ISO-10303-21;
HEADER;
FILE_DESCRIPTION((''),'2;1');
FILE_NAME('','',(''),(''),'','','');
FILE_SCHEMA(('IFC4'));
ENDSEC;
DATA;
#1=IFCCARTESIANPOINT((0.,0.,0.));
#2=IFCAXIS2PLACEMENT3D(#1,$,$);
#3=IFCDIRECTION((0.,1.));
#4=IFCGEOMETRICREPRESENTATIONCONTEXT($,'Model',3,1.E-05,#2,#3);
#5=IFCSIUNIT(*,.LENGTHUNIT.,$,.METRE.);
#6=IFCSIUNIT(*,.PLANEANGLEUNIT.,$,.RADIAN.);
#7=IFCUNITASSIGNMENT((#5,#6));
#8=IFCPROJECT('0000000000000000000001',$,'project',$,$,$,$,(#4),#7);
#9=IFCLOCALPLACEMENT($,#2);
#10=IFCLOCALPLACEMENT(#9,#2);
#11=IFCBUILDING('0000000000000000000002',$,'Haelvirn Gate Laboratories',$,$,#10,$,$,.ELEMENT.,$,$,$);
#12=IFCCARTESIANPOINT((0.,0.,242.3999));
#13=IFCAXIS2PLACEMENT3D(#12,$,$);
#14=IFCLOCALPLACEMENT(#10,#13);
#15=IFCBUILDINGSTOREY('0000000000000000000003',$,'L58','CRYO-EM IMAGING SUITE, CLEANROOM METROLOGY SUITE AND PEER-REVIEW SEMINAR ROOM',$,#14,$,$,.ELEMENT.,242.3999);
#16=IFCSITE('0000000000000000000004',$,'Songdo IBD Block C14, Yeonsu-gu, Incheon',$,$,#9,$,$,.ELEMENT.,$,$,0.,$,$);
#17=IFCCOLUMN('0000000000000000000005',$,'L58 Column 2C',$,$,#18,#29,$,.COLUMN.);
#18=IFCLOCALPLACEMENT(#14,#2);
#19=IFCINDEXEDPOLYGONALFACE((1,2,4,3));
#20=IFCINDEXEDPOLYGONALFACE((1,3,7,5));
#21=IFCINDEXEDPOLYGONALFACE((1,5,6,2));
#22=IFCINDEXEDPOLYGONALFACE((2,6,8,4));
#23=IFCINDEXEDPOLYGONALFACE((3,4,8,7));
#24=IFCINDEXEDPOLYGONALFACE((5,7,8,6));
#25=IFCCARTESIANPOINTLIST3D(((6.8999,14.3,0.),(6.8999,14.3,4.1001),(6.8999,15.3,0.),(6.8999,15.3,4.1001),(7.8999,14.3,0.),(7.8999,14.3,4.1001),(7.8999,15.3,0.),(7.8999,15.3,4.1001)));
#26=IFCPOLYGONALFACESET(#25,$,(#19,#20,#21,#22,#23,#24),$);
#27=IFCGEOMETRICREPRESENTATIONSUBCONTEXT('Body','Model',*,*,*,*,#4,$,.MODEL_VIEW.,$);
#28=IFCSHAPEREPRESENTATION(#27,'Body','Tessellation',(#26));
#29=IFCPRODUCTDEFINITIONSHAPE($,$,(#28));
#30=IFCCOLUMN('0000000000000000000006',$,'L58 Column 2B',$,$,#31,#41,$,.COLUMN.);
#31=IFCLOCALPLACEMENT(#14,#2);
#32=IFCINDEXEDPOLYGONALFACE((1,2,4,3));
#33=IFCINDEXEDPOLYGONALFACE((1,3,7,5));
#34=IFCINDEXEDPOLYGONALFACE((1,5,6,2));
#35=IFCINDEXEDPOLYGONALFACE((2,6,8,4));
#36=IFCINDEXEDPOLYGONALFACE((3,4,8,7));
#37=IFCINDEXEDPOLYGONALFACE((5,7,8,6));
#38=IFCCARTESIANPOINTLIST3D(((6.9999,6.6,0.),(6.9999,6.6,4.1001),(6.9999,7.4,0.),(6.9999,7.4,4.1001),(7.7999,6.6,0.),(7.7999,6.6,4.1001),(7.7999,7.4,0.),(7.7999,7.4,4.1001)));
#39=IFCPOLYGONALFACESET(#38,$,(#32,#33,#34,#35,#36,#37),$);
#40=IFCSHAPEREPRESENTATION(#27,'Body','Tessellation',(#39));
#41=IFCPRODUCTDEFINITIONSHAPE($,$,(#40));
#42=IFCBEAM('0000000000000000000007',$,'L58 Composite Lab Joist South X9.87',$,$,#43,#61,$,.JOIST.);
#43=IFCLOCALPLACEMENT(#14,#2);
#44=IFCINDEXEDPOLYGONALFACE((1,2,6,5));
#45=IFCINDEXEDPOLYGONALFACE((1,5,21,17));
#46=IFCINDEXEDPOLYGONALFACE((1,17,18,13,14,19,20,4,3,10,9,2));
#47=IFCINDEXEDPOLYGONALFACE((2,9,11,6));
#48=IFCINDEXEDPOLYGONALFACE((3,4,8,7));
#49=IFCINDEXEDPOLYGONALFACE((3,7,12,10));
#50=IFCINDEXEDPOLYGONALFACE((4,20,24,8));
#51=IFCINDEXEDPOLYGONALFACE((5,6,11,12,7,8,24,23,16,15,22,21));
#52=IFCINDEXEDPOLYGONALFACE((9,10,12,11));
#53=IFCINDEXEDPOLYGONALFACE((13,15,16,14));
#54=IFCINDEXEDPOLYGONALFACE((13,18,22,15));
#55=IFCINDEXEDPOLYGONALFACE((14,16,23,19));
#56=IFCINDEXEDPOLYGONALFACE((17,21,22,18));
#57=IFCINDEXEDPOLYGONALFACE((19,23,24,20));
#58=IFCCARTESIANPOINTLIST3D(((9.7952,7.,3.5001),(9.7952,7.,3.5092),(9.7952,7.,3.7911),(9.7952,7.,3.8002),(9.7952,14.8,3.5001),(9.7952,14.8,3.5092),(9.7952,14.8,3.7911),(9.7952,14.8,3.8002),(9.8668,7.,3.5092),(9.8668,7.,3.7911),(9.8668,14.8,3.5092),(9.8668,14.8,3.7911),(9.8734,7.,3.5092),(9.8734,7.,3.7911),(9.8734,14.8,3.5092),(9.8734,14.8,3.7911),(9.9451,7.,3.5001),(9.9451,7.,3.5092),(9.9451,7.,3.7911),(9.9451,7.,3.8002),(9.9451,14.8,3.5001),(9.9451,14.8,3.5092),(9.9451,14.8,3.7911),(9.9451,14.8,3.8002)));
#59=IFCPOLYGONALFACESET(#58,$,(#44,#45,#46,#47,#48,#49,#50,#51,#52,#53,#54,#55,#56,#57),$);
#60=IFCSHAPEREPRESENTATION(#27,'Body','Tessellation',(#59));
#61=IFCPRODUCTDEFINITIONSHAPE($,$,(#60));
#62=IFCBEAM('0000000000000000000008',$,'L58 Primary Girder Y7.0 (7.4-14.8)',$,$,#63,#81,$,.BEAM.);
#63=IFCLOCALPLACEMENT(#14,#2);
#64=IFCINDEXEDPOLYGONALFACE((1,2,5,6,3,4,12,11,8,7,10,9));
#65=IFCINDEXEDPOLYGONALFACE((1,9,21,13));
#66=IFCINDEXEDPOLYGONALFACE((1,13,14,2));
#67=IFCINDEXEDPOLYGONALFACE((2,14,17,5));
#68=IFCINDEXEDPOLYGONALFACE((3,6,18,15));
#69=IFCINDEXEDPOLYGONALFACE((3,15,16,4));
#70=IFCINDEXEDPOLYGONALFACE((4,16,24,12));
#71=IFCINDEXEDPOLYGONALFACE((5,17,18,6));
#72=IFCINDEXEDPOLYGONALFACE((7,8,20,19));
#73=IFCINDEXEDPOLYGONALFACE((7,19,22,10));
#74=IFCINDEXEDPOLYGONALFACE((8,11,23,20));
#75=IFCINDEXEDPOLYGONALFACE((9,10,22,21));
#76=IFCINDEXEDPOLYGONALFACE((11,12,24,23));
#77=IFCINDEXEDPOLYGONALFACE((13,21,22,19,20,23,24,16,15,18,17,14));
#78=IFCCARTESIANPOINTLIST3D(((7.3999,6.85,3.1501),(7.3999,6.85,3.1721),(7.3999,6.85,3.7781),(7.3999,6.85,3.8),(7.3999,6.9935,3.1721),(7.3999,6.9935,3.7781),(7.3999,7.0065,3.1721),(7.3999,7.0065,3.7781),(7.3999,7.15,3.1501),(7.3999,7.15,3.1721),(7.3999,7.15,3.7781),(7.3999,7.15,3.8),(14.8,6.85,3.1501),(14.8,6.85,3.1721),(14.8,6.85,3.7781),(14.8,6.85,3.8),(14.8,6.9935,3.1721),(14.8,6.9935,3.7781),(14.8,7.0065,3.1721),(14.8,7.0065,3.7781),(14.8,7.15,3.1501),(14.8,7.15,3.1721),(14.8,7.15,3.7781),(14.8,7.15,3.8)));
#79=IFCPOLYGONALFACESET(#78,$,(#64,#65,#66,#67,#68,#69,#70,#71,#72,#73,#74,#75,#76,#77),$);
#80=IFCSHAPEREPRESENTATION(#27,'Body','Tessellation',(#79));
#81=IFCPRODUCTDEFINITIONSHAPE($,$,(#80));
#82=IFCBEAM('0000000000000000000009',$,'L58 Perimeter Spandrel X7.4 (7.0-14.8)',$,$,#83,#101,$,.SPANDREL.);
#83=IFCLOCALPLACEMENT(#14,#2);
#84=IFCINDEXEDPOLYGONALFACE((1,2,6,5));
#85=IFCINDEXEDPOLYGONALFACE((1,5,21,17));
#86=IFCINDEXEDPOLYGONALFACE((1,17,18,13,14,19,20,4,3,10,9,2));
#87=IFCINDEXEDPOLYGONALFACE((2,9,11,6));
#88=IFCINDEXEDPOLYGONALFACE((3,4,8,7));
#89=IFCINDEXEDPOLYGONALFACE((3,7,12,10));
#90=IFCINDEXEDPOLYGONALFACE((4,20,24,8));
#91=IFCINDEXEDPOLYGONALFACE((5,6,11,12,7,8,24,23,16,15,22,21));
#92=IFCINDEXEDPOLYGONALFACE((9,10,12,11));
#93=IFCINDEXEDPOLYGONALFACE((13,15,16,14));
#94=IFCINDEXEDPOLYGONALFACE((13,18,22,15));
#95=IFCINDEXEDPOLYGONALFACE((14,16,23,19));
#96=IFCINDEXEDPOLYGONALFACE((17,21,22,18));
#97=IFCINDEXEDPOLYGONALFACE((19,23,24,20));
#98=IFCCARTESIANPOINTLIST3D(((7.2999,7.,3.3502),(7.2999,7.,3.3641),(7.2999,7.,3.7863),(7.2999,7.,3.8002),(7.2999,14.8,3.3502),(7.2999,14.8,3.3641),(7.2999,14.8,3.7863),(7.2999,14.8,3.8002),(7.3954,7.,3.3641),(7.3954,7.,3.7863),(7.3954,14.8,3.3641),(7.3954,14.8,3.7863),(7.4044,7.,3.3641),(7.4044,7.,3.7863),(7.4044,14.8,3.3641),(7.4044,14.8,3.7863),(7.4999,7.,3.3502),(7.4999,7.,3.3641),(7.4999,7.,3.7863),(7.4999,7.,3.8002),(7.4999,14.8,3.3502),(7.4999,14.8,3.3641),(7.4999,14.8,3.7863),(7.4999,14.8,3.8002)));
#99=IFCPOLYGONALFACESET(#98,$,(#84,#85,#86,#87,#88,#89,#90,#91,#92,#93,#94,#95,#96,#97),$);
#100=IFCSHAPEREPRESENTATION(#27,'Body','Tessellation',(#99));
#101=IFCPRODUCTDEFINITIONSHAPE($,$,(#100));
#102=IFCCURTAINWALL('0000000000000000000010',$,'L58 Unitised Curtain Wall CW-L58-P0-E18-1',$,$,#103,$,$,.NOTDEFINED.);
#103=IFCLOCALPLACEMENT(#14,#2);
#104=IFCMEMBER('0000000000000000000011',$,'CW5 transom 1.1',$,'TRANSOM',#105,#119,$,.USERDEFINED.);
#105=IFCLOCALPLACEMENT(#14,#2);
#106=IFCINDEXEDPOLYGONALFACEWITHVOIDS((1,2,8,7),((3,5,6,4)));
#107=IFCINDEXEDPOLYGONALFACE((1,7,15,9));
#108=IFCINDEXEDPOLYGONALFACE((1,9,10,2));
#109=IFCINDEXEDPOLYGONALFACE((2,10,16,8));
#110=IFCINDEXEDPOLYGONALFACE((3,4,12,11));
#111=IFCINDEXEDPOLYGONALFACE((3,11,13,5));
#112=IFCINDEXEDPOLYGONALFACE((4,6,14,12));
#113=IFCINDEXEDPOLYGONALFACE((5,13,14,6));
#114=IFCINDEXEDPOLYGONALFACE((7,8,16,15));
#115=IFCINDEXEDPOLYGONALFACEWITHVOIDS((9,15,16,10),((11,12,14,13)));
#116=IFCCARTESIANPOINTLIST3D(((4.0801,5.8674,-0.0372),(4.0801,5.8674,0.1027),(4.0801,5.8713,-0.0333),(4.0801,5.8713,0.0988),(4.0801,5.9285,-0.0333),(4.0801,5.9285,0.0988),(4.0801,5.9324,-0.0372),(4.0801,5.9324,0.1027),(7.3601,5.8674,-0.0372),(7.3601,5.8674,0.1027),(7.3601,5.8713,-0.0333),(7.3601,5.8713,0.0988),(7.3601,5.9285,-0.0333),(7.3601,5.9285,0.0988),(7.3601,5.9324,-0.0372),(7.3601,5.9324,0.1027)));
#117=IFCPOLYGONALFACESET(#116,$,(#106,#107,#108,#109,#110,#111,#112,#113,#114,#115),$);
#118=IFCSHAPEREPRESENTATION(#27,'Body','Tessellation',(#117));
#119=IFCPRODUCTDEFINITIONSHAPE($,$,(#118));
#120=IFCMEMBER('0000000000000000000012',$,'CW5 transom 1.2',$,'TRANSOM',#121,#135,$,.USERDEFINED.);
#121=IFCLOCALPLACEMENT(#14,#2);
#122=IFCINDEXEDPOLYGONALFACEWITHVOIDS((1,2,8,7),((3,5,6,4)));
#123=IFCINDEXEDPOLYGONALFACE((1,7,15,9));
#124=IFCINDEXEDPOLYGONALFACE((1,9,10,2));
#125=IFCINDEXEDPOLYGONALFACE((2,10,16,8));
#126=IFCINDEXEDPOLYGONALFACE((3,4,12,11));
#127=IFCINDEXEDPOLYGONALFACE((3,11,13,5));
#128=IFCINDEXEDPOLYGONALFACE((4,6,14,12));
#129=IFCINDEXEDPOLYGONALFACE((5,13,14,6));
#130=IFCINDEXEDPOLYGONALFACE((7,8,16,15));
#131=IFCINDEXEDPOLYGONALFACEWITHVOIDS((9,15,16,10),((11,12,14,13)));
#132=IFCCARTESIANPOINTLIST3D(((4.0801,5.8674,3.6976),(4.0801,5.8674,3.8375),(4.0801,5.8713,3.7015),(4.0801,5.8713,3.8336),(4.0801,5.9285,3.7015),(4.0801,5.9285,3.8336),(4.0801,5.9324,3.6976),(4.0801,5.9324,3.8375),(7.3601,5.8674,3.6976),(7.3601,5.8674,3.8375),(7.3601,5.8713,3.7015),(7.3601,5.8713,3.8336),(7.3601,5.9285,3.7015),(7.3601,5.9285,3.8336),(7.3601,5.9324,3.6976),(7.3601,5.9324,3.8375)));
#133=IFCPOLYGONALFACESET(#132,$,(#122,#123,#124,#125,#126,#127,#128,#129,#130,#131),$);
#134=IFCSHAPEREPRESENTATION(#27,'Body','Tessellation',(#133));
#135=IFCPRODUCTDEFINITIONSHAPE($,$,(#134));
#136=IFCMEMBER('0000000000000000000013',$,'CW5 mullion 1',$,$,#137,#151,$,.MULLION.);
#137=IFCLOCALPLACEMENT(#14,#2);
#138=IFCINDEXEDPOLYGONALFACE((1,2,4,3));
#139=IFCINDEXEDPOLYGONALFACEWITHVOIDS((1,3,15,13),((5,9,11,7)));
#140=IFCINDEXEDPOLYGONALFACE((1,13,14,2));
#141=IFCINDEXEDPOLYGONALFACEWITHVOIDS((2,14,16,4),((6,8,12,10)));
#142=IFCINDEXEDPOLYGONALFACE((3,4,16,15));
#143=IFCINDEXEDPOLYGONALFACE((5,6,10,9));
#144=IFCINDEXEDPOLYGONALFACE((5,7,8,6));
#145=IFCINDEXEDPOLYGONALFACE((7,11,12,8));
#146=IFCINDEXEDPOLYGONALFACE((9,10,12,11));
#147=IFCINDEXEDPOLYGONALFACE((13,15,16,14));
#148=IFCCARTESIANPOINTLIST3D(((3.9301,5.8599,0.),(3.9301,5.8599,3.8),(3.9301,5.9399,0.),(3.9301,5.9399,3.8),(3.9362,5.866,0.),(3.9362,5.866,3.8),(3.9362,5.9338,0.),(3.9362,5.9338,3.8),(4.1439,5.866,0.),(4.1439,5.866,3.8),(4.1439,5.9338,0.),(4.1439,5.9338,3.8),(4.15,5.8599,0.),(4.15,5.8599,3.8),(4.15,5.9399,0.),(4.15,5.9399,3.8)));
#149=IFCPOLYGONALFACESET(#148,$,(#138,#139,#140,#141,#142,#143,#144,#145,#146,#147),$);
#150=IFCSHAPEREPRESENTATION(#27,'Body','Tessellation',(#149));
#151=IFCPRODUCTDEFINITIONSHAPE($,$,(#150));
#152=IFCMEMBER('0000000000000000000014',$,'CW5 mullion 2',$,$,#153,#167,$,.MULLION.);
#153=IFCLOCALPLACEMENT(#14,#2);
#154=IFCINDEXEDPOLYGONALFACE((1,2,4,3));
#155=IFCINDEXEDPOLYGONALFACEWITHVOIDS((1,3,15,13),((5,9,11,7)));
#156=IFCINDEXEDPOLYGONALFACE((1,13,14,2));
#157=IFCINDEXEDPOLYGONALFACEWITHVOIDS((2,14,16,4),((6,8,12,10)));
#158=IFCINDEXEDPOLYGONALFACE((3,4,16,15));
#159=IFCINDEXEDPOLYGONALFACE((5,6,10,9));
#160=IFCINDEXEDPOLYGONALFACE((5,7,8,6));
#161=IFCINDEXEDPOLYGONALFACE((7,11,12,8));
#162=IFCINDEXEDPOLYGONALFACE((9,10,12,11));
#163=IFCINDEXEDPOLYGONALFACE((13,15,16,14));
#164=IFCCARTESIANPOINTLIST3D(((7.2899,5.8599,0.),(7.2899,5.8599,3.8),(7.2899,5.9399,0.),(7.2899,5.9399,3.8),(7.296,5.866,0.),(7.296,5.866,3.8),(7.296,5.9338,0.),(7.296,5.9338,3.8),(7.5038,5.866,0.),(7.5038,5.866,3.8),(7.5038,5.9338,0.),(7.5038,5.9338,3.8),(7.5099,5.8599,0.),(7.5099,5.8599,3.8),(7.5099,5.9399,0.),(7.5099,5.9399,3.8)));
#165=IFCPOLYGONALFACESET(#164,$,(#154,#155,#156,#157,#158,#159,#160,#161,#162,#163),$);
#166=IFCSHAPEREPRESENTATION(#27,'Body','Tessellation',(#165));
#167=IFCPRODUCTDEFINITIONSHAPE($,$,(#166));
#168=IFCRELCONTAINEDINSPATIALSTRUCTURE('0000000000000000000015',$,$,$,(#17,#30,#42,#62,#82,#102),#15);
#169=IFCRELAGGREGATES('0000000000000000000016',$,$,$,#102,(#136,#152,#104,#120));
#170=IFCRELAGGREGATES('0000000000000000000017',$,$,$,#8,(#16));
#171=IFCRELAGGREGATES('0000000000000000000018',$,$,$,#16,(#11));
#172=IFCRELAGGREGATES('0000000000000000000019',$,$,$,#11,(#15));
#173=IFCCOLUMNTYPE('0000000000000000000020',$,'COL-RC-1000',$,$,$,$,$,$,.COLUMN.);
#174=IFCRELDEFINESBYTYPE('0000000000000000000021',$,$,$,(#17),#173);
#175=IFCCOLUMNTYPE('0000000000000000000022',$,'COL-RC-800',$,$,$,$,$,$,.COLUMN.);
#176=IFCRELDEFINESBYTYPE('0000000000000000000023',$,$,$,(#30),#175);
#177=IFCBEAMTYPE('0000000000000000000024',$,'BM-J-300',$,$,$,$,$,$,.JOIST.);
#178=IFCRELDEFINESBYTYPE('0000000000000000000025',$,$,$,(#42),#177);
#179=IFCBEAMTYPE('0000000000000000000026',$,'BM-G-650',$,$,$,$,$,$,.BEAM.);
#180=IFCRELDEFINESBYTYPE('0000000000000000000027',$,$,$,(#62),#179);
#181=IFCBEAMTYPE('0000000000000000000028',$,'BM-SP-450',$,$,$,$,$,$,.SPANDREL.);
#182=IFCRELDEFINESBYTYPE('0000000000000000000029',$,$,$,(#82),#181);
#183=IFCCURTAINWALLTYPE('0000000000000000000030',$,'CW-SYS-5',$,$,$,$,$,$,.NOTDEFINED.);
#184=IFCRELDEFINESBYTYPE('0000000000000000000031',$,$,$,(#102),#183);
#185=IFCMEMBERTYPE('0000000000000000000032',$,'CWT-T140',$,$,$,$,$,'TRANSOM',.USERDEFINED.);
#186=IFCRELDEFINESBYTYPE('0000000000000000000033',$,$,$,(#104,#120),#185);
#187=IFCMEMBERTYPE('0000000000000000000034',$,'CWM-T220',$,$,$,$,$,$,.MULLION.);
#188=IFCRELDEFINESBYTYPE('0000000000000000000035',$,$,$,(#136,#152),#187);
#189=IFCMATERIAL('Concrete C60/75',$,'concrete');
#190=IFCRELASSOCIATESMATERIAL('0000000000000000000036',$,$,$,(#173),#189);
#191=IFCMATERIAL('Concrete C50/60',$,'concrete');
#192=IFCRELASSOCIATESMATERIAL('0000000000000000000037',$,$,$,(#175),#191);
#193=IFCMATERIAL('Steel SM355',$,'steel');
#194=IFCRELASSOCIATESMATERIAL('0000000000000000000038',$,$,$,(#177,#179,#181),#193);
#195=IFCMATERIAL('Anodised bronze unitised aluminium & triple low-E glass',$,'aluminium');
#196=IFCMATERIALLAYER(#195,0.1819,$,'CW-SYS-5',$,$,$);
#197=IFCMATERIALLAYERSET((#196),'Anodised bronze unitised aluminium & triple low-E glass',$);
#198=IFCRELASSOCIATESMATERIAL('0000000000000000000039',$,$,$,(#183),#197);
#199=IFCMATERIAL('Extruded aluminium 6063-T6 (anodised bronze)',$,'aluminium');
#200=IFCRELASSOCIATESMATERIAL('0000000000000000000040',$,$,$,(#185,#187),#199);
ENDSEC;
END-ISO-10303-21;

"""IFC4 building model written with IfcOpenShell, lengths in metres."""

from ifc_helpers import new_model, si_unit, direction, frame, origin, origin_2d, place, context, subcontext, project, spatial, rectangle, hollow_rectangle, i_section, extrude, source, transform, mapped, material, layer, layer_set, material_profile, profile_set, type_object, type_shapes, element, aggregate, save


model = new_model("IFC4")

# Units and contexts
model_context = context("Model", 3, precision=1e-05, world=origin(), true_north=direction((0.0, 1.0)))
body_context = subcontext(model_context, "Body", "Model", "MODEL_VIEW")
ifc_project = project(units=[si_unit("LENGTHUNIT", "METRE"), si_unit("PLANEANGLEUNIT", "RADIAN")], contexts=[model_context])

# Site, building, storey
site_placement = place(None, origin())
site = spatial("IfcSite", under=ifc_project, at=site_placement, Name="Songdo IBD Block C14, Yeonsu-gu, Incheon", CompositionType="ELEMENT", RefElevation=0.0)
building_placement = place(site_placement, origin())
building = spatial("IfcBuilding", under=site, at=building_placement, Name="Haelvirn Gate Laboratories", CompositionType="ELEMENT")
storey_placement = place(building_placement, frame((0.0, 0.0, 242.3999)))
storey = spatial("IfcBuildingStorey", under=building, at=storey_placement, Name="L58", Description="CRYO-EM IMAGING SUITE, CLEANROOM METROLOGY SUITE AND PEER-REVIEW SEMINAR ROOM", CompositionType="ELEMENT", Elevation=242.3999)

# Columns
ifc_material_1 = material(Name="Concrete C60/75", Category="concrete")
ifc_material_profile_1 = material_profile(ifc_material_1, rectangle(XDim=1.0, YDim=1.0, at=origin_2d()), Name="RC-1000x1000")
ifc_profile_set_1 = profile_set([ifc_material_profile_1], Name="Concrete C60/75")
column_type_1 = type_object("IfcColumnType", Name="COL-RC-1000", PredefinedType="COLUMN", material=ifc_profile_set_1)
shared_shape_1 = source(origin(), body_context, "Body", "SweptSolid", [
    extrude(rectangle(XDim=1.0, YDim=1.0, at=origin_2d()), origin(), (0.0, 0.0, 1.0), 4.1001),
])
type_shapes(column_type_1, [shared_shape_1])
column_1_placement = place(storey_placement, frame((7.3999, 14.8, 0.0), z_axis=(0.0, 0.0, 1.0), x_axis=(1.0, 0.0, 0.0)))
element("IfcColumn", 1, at=column_1_placement, inside=storey, type_object=column_type_1, Name="L58 Column 2C", PredefinedType="COLUMN", context=body_context, shape_type="MappedRepresentation", body=[
    mapped(shared_shape_1, transform((0.0, 0.0, 0.0), scale=1.0)),
])
ifc_material_2 = material(Name="Concrete C50/60", Category="concrete")
ifc_material_profile_2 = material_profile(ifc_material_2, rectangle(XDim=0.8, YDim=0.8, at=origin_2d()), Name="RC-800x800")
ifc_profile_set_2 = profile_set([ifc_material_profile_2], Name="Concrete C50/60")
column_type_2 = type_object("IfcColumnType", Name="COL-RC-800", PredefinedType="COLUMN", material=ifc_profile_set_2)
shared_shape_2 = source(origin(), body_context, "Body", "SweptSolid", [
    extrude(rectangle(XDim=0.8, YDim=0.8, at=origin_2d()), origin(), (0.0, 0.0, 1.0), 4.1001),
])
type_shapes(column_type_2, [shared_shape_2])
column_2_placement = place(storey_placement, frame((7.3999, 7.0, 0.0), z_axis=(0.0, 0.0, 1.0), x_axis=(1.0, 0.0, 0.0)))
element("IfcColumn", 2, at=column_2_placement, inside=storey, type_object=column_type_2, Name="L58 Column 2B", PredefinedType="COLUMN", context=body_context, shape_type="MappedRepresentation", body=[
    mapped(shared_shape_2, transform((0.0, 0.0, 0.0), scale=1.0)),
])

# Beams
ifc_material_3 = material(Name="Steel SM355", Category="steel")
ifc_material_profile_3 = material_profile(ifc_material_3, i_section(OverallWidth=0.1499, OverallDepth=0.3, WebThickness=0.0066, FlangeThickness=0.009, at=origin_2d()), Name="H-300x150x6.5x9")
ifc_profile_set_3 = profile_set([ifc_material_profile_3], Name="Steel SM355")
beam_type_1 = type_object("IfcBeamType", Name="BM-J-300", PredefinedType="JOIST", material=ifc_profile_set_3)
shared_shape_3 = source(origin(), body_context, "Body", "SweptSolid", [
    extrude(i_section(OverallWidth=0.1499, OverallDepth=0.3, WebThickness=0.0066, FlangeThickness=0.009, at=origin_2d()), origin(), (0.0, 0.0, 1.0), 7.8),
])
type_shapes(beam_type_1, [shared_shape_3])
beam_1_placement = place(storey_placement, frame((9.8701, 7.0, 3.6501), z_axis=(0.0, 1.0, 0.0), x_axis=(-1.0, 0.0, 0.0)))
element("IfcBeam", 3, at=beam_1_placement, inside=storey, type_object=beam_type_1, Name="L58 Composite Lab Joist South X9.87", PredefinedType="JOIST", context=body_context, shape_type="MappedRepresentation", body=[
    mapped(shared_shape_3, transform((0.0, 0.0, 0.0), scale=1.0)),
])
ifc_material_profile_4 = material_profile(ifc_material_3, i_section(OverallWidth=0.3, OverallDepth=0.6499, WebThickness=0.0129, FlangeThickness=0.022, at=origin_2d()), Name="H-650x300x13x22")
ifc_profile_set_4 = profile_set([ifc_material_profile_4], Name="Steel SM355")
beam_type_2 = type_object("IfcBeamType", Name="BM-G-650", PredefinedType="BEAM", material=ifc_profile_set_4)
shared_shape_4 = source(origin(), body_context, "Body", "SweptSolid", [
    extrude(i_section(OverallWidth=0.3, OverallDepth=0.6499, WebThickness=0.0129, FlangeThickness=0.022, at=origin_2d()), origin(), (0.0, 0.0, 1.0), 7.4001),
])
type_shapes(beam_type_2, [shared_shape_4])
beam_2_placement = place(storey_placement, frame((7.3999, 7.0, 3.4751), z_axis=(1.0, 0.0, 0.0), x_axis=(0.0, 1.0, 0.0)))
element("IfcBeam", 4, at=beam_2_placement, inside=storey, type_object=beam_type_2, Name="L58 Primary Girder Y7.0 (7.4-14.8)", PredefinedType="BEAM", context=body_context, shape_type="MappedRepresentation", body=[
    mapped(shared_shape_4, transform((0.0, 0.0, 0.0), scale=1.0)),
])
ifc_material_profile_5 = material_profile(ifc_material_3, i_section(OverallWidth=0.2, OverallDepth=0.45, WebThickness=0.009, FlangeThickness=0.0139, at=origin_2d()), Name="H-450x200x9x14")
ifc_profile_set_5 = profile_set([ifc_material_profile_5], Name="Steel SM355")
beam_type_3 = type_object("IfcBeamType", Name="BM-SP-450", PredefinedType="SPANDREL", material=ifc_profile_set_5)
shared_shape_5 = source(origin(), body_context, "Body", "SweptSolid", [
    extrude(i_section(OverallWidth=0.2, OverallDepth=0.45, WebThickness=0.009, FlangeThickness=0.0139, at=origin_2d()), origin(), (0.0, 0.0, 1.0), 7.8),
])
type_shapes(beam_type_3, [shared_shape_5])
beam_3_placement = place(storey_placement, frame((7.3999, 7.0, 3.5752), z_axis=(0.0, 1.0, 0.0), x_axis=(-1.0, 0.0, 0.0)))
element("IfcBeam", 5, at=beam_3_placement, inside=storey, type_object=beam_type_3, Name="L58 Perimeter Spandrel X7.4 (7.0-14.8)", PredefinedType="SPANDREL", context=body_context, shape_type="MappedRepresentation", body=[
    mapped(shared_shape_5, transform((0.0, 0.0, 0.0), scale=1.0)),
])

# Curtain wall, members
ifc_material_4 = material(Name="Anodised bronze unitised aluminium & triple low-E glass", Category="aluminium")
ifc_layer_1 = layer(ifc_material_4, 0.1819, Name="CW-SYS-5")
ifc_layer_set_1 = layer_set([ifc_layer_1], Name="Anodised bronze unitised aluminium & triple low-E glass")
curtain_wall_type_1 = type_object("IfcCurtainWallType", Name="CW-SYS-5", PredefinedType="NOTDEFINED", material=ifc_layer_set_1)
curtain_wall_1_placement = place(storey_placement, origin())
curtain_wall_1 = element("IfcCurtainWall", 6, at=curtain_wall_1_placement, inside=storey, type_object=curtain_wall_type_1, Name="L58 Unitised Curtain Wall CW-L58-P0-E18-1", PredefinedType="NOTDEFINED")
ifc_material_5 = material(Name="Extruded aluminium 6063-T6 (anodised bronze)", Category="aluminium")
ifc_material_profile_6 = material_profile(ifc_material_5, hollow_rectangle(XDim=0.0649, YDim=0.1399, WallThickness=0.0039, at=origin_2d()), Name="CWT-140x65x4")
ifc_profile_set_6 = profile_set([ifc_material_profile_6], Name="Extruded aluminium 6063-T6 (anodised bronze)")
member_type_1 = type_object("IfcMemberType", Name="CWT-T140", ElementType="TRANSOM", PredefinedType="USERDEFINED", material=ifc_profile_set_6)
shared_shape_6 = source(origin(), body_context, "Body", "SweptSolid", [
    extrude(hollow_rectangle(XDim=0.0649, YDim=0.1399, WallThickness=0.0039, at=origin_2d()), origin(), (0.0, 0.0, 1.0), 3.28),
])
type_shapes(member_type_1, [shared_shape_6])
member_1_placement = place(storey_placement, frame((4.0801, 5.8999, 0.0327), z_axis=(1.0, 0.0, 0.0), x_axis=(0.0, 1.0, 0.0)))
member_1 = element("IfcMember", 7, at=member_1_placement, type_object=member_type_1, Name="CW5 transom 1.1", ObjectType="TRANSOM", PredefinedType="USERDEFINED", context=body_context, shape_type="MappedRepresentation", body=[
    mapped(shared_shape_6, transform((0.0, 0.0, 0.0), scale=1.0)),
])
member_2_placement = place(storey_placement, frame((4.0801, 5.8999, 3.7676), z_axis=(1.0, 0.0, 0.0), x_axis=(0.0, 1.0, 0.0)))
member_2 = element("IfcMember", 8, at=member_2_placement, type_object=member_type_1, Name="CW5 transom 1.2", ObjectType="TRANSOM", PredefinedType="USERDEFINED", context=body_context, shape_type="MappedRepresentation", body=[
    mapped(shared_shape_6, transform((0.0, 0.0, 0.0), scale=1.0)),
])
ifc_material_profile_7 = material_profile(ifc_material_5, hollow_rectangle(XDim=0.0801, YDim=0.22, WallThickness=0.0061, at=origin_2d()), Name="CWM-220x80x6")
ifc_profile_set_7 = profile_set([ifc_material_profile_7], Name="Extruded aluminium 6063-T6 (anodised bronze)")
member_type_2 = type_object("IfcMemberType", Name="CWM-T220", PredefinedType="MULLION", material=ifc_profile_set_7)
shared_shape_7 = source(origin(), body_context, "Body", "SweptSolid", [
    extrude(hollow_rectangle(XDim=0.0801, YDim=0.22, WallThickness=0.0061, at=origin_2d()), origin(), (0.0, 0.0, 1.0), 3.8),
])
type_shapes(member_type_2, [shared_shape_7])
member_3_placement = place(storey_placement, frame((4.04, 5.8999, 0.0), z_axis=(0.0, 0.0, 1.0), x_axis=(0.0, 1.0, 0.0)))
member_3 = element("IfcMember", 9, at=member_3_placement, type_object=member_type_2, Name="CW5 mullion 1", PredefinedType="MULLION", context=body_context, shape_type="MappedRepresentation", body=[
    mapped(shared_shape_7, transform((0.0, 0.0, 0.0), scale=1.0)),
])
member_4_placement = place(storey_placement, frame((7.3999, 5.8999, 0.0), z_axis=(0.0, 0.0, 1.0), x_axis=(0.0, 1.0, 0.0)))
member_4 = element("IfcMember", 10, at=member_4_placement, type_object=member_type_2, Name="CW5 mullion 2", PredefinedType="MULLION", context=body_context, shape_type="MappedRepresentation", body=[
    mapped(shared_shape_7, transform((0.0, 0.0, 0.0), scale=1.0)),
])
aggregate(curtain_wall_1, [member_3, member_4, member_1, member_2])

save(model, "model.ifc")
